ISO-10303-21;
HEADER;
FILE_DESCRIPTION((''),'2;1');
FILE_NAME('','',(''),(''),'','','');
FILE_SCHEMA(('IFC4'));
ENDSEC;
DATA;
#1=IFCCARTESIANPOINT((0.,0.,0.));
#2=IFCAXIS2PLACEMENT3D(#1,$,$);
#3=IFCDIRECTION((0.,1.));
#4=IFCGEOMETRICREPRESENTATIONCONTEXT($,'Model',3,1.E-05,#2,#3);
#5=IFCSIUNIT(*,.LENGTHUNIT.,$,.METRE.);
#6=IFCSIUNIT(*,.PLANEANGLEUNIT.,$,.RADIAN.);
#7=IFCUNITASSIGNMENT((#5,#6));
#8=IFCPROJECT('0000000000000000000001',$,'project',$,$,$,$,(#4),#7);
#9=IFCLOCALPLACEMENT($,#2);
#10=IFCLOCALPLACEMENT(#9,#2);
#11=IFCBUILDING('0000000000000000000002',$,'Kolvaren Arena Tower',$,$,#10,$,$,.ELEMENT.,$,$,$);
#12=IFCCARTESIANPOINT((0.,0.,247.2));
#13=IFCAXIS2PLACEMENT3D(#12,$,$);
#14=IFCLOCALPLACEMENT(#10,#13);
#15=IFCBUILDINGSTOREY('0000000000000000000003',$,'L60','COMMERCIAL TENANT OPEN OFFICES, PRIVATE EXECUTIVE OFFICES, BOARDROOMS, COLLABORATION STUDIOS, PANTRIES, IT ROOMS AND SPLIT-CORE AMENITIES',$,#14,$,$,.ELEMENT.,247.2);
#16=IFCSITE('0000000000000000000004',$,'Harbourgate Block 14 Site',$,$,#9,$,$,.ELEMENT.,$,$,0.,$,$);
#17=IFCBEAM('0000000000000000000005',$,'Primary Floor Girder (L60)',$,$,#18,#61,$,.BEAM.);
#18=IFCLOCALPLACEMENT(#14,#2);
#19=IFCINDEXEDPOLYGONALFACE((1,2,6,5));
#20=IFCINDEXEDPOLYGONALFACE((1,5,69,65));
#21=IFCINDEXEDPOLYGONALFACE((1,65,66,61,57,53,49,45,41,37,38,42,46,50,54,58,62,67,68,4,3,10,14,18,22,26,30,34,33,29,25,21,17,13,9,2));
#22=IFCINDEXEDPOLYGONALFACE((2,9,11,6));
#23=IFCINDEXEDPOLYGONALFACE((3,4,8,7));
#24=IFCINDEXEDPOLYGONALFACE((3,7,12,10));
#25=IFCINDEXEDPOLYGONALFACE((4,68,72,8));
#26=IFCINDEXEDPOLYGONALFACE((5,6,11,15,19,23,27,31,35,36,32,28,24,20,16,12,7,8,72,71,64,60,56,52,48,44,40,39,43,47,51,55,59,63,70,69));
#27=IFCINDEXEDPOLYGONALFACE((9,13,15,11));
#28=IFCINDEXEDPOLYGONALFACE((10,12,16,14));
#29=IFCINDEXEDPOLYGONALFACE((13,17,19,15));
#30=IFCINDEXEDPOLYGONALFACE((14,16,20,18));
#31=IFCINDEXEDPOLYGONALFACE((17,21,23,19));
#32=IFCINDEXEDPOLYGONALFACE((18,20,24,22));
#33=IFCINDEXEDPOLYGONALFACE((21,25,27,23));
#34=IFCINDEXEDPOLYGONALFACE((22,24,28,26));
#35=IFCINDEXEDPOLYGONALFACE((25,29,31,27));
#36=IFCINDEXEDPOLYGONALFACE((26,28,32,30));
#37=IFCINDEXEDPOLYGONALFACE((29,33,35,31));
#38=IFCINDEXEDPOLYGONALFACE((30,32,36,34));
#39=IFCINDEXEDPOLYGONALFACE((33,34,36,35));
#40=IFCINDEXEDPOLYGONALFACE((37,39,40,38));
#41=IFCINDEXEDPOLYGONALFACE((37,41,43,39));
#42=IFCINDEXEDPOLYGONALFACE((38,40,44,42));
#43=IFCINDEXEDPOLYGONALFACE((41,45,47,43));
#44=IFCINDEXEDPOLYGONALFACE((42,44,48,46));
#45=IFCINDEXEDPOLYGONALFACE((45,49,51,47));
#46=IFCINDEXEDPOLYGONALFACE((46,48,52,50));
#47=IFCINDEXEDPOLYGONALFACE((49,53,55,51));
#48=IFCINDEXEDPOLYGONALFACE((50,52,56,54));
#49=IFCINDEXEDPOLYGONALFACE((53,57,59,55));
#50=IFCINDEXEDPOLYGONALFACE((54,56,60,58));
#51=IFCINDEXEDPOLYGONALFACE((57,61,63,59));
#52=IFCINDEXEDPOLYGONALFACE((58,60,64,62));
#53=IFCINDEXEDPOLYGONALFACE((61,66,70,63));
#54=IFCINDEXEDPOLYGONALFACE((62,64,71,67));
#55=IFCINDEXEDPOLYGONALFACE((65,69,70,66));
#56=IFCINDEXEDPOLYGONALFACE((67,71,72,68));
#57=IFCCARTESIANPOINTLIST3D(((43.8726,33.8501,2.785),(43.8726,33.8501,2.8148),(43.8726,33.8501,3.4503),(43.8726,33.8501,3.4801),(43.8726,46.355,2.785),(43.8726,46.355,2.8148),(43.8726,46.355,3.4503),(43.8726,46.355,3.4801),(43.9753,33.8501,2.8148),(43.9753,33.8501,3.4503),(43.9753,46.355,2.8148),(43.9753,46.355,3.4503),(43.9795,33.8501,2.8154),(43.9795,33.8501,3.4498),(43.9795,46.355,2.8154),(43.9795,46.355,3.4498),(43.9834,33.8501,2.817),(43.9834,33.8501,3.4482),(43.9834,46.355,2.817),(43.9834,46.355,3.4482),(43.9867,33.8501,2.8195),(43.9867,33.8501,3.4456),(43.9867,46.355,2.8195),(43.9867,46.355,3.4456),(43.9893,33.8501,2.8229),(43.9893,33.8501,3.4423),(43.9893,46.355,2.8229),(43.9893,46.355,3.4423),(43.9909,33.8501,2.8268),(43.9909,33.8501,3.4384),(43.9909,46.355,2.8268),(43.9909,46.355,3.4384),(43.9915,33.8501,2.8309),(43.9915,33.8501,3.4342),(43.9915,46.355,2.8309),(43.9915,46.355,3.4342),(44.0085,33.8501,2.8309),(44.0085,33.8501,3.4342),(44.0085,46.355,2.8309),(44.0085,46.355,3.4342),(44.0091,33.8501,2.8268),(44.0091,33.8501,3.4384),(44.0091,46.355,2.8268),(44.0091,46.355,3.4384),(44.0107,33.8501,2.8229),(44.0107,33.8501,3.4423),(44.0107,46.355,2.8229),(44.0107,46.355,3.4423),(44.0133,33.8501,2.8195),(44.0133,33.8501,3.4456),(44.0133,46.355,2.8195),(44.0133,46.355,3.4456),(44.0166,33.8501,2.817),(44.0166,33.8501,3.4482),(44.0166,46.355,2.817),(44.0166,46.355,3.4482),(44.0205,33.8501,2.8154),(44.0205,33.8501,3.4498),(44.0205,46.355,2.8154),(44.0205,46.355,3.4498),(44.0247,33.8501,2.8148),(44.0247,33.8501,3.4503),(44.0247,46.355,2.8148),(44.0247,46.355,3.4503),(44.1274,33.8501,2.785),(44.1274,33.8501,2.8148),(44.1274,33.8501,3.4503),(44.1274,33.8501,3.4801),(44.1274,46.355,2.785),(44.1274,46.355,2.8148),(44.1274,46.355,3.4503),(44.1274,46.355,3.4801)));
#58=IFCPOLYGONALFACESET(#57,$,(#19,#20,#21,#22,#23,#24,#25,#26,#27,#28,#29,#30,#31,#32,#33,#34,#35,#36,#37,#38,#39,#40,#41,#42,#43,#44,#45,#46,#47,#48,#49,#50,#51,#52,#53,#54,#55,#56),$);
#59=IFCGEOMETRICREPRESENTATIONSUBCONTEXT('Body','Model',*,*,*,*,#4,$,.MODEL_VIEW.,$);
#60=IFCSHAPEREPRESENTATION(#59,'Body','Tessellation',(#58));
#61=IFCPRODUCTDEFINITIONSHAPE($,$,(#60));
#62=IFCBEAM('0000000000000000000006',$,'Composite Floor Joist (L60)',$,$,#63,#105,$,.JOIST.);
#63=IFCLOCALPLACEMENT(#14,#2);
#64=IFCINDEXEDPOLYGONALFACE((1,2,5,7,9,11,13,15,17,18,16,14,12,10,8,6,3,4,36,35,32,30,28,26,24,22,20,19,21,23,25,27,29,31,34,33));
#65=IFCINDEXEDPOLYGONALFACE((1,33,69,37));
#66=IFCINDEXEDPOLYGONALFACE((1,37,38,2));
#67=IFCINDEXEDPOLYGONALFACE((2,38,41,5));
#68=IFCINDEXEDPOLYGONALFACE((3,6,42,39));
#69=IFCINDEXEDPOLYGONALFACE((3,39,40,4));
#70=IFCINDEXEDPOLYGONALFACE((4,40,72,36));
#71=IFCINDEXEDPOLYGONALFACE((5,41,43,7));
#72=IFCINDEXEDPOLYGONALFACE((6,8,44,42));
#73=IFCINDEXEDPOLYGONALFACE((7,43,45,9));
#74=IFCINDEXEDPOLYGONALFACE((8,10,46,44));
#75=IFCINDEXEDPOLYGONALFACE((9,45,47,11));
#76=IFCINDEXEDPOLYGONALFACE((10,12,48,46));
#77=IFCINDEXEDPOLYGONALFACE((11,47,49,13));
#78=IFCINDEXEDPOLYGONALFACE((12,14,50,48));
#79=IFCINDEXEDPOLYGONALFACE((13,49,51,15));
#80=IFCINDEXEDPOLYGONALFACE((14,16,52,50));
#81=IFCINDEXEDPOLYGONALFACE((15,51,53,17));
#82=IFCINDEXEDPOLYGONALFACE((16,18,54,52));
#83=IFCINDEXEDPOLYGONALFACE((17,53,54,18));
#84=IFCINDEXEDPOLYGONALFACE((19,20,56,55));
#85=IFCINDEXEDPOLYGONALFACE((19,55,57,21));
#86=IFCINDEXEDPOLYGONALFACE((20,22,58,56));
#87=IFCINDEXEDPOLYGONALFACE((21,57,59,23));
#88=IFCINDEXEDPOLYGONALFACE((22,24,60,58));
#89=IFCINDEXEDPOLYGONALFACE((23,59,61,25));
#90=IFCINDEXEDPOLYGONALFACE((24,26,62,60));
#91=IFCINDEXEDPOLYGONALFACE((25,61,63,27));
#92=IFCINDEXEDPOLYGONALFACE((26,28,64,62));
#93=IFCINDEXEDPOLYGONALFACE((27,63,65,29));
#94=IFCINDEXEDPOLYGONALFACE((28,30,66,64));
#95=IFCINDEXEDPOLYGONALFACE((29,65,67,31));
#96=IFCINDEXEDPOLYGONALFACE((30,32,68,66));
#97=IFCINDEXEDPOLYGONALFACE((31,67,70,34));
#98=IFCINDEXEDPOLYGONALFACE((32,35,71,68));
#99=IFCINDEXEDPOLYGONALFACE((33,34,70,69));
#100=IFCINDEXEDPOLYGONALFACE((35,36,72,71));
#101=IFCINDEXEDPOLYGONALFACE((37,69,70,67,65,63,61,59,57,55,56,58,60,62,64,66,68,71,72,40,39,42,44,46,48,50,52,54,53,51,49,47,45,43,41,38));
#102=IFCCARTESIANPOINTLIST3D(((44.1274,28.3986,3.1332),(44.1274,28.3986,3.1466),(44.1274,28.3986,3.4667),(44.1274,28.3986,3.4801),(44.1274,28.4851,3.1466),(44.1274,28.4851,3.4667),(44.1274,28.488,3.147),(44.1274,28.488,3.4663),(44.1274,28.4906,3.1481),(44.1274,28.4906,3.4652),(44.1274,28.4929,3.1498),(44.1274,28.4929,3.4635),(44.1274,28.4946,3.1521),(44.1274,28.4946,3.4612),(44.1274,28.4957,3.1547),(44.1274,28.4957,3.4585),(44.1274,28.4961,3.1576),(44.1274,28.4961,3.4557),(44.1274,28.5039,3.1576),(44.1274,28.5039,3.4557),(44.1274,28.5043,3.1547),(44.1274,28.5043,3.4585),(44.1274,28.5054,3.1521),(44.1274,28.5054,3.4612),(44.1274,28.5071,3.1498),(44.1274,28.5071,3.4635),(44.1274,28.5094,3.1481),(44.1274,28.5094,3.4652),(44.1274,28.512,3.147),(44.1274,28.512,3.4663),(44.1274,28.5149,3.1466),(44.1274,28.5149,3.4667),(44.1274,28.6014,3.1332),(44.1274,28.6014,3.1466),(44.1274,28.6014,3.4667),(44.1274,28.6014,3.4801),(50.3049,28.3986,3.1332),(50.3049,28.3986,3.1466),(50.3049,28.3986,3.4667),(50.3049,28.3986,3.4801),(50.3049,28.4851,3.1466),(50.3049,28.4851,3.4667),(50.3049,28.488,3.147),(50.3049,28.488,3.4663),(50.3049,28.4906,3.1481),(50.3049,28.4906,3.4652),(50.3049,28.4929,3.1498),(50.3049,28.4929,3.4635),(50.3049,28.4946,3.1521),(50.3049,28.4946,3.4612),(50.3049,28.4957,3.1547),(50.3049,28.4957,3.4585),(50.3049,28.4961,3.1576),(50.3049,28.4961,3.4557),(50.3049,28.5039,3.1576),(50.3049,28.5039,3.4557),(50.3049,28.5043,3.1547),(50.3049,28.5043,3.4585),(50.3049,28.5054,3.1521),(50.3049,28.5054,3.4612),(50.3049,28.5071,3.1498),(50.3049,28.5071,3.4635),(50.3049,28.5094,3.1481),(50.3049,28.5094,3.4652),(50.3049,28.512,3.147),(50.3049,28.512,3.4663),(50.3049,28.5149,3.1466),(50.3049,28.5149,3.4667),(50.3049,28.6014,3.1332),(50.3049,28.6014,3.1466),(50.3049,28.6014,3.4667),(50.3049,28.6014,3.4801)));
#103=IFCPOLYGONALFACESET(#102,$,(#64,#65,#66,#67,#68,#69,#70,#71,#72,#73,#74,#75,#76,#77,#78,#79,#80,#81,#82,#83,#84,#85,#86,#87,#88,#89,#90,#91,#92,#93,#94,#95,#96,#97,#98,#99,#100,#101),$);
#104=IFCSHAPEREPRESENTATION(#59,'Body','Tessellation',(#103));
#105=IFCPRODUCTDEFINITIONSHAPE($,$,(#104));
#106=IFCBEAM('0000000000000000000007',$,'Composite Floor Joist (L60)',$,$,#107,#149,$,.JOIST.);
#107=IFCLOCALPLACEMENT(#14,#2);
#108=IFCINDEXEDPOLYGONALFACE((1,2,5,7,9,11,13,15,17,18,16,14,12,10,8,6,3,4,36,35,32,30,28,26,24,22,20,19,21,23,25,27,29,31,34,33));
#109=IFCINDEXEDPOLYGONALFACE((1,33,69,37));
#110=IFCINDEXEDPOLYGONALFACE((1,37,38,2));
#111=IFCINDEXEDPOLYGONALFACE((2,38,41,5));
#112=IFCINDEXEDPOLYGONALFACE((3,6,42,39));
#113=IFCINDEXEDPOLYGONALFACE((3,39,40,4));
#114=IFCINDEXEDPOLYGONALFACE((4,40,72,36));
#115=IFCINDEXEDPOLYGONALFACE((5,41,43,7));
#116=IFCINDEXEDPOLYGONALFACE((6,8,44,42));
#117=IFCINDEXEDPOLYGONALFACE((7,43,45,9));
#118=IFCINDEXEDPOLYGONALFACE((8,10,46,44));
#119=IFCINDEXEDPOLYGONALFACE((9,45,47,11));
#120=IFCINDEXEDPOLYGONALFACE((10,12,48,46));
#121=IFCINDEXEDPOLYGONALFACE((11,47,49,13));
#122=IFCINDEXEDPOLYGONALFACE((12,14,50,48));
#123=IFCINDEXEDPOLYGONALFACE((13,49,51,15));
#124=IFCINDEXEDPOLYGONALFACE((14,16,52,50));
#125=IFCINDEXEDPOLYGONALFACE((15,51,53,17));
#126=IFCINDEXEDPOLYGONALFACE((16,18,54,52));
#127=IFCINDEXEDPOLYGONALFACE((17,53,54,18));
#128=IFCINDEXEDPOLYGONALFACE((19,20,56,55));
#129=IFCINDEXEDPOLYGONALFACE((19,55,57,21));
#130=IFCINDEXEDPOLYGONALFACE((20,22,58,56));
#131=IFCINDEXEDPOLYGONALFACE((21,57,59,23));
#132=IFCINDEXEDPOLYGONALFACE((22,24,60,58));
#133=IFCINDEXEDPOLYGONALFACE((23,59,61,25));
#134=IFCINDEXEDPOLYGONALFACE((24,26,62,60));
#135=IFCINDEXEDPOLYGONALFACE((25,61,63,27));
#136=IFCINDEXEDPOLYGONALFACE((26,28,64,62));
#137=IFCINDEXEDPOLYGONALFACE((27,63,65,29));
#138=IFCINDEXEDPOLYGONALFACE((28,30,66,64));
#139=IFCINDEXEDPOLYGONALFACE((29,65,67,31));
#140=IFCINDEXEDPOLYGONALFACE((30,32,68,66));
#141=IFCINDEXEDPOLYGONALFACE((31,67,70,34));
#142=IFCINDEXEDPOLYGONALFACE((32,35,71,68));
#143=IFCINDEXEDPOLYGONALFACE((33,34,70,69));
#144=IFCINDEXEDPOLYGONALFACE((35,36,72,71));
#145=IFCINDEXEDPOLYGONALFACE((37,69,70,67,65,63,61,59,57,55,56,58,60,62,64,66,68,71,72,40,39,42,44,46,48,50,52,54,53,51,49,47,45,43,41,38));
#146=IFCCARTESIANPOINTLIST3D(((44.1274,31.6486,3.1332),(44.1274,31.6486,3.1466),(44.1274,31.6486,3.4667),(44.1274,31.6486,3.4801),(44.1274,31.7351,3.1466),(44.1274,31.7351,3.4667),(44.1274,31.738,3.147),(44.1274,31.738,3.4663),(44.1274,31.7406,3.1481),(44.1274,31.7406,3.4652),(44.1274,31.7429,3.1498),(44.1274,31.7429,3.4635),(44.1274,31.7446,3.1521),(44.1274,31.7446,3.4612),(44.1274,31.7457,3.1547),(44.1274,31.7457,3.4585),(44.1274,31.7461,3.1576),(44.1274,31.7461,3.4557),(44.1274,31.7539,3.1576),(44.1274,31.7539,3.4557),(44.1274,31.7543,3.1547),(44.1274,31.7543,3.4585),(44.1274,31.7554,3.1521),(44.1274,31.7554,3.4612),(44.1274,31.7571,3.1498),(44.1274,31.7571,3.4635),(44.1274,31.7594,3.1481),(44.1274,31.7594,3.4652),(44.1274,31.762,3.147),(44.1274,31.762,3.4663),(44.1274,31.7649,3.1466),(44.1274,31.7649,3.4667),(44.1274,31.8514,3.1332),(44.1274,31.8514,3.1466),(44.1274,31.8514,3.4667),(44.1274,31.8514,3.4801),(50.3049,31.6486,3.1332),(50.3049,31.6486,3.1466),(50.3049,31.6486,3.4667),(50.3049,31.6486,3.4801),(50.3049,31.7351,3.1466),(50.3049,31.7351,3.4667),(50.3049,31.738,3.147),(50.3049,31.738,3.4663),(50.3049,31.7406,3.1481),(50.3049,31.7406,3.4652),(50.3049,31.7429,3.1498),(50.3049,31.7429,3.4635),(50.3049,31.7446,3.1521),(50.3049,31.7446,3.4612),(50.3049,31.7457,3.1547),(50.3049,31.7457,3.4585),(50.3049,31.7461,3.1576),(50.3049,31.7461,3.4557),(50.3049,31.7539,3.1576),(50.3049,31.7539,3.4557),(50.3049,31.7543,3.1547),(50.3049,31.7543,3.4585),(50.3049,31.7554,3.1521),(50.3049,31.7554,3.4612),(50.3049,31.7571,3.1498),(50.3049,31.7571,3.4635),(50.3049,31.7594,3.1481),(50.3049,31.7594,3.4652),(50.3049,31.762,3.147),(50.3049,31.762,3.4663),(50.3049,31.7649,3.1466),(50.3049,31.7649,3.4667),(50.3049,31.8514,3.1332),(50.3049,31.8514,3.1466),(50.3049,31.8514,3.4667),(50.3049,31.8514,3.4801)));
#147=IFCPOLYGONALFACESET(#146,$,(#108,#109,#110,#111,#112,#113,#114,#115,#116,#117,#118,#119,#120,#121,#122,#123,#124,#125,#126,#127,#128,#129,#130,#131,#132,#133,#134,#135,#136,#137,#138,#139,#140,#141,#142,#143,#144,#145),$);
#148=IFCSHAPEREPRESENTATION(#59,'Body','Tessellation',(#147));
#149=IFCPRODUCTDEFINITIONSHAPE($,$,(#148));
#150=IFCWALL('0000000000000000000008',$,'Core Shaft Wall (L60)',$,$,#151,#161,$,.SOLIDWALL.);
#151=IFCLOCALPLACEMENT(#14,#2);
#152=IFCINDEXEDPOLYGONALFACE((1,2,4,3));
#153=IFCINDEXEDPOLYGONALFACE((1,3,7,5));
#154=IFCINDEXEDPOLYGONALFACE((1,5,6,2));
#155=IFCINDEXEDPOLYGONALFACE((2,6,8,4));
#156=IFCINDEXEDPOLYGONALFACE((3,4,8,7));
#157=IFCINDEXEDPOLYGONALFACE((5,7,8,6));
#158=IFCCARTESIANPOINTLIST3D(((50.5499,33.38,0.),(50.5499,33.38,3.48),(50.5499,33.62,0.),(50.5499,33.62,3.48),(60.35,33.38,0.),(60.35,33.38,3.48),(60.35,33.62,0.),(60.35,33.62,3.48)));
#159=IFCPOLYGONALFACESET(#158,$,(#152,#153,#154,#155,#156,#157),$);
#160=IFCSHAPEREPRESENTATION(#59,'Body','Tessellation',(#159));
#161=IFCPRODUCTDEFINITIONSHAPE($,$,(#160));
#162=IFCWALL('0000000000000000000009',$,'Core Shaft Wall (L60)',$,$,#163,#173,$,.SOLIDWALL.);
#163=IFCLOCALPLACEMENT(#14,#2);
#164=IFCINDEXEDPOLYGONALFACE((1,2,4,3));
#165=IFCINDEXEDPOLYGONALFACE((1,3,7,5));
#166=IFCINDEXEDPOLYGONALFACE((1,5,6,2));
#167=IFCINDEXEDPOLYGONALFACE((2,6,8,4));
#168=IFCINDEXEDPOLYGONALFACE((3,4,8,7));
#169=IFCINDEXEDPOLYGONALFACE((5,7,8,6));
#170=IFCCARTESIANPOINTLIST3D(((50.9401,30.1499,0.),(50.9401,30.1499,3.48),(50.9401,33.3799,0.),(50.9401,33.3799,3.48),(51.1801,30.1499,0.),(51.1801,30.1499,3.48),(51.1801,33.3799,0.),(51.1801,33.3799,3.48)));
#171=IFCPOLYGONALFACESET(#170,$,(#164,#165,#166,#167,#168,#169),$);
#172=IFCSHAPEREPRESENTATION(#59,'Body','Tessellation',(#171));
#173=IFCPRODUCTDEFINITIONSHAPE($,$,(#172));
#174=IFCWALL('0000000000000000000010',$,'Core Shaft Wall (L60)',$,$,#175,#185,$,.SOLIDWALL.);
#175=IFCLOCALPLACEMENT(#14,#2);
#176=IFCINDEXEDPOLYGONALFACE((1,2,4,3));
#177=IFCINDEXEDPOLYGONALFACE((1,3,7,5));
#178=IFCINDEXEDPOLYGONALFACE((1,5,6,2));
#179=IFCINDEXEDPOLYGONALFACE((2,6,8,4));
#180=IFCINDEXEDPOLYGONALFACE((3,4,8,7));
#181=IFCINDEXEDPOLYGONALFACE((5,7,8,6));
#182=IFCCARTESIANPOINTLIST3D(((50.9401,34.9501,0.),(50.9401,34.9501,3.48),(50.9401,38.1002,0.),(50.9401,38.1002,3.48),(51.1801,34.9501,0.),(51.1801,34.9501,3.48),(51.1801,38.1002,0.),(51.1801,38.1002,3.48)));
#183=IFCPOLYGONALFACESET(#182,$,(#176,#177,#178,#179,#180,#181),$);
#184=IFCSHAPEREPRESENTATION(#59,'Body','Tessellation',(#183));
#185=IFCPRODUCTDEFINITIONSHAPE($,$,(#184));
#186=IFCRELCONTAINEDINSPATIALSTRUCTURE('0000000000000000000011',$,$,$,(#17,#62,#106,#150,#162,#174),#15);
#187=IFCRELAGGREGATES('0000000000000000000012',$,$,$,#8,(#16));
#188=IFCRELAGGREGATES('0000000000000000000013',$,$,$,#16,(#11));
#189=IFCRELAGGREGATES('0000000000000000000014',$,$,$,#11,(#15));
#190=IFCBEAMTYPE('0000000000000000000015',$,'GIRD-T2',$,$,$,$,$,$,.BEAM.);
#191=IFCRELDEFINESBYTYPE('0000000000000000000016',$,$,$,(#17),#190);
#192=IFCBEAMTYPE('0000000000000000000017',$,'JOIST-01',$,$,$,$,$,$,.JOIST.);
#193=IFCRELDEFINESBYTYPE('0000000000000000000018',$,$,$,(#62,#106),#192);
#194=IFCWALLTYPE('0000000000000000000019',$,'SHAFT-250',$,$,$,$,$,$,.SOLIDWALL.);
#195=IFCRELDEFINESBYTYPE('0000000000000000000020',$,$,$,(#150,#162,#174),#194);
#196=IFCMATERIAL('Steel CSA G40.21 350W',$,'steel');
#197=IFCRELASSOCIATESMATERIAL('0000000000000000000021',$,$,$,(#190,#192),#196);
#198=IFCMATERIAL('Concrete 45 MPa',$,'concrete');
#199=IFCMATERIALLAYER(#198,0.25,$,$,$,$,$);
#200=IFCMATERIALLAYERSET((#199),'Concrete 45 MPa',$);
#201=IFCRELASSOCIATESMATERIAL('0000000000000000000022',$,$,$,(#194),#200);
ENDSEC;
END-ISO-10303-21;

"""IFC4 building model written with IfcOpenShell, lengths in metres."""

from ifc_helpers import new_model, si_unit, direction, frame, frame_2d, origin, origin_2d, place, context, subcontext, project, spatial, rectangle, i_section, extrude, material, layer, layer_set, material_profile, profile_set, type_object, element, save


model = new_model("IFC4")

# Units and contexts
model_context = context("Model", 3, precision=1e-05, world=origin(), true_north=direction((0.0, 1.0)))
body_context = subcontext(model_context, "Body", "Model", "MODEL_VIEW")
ifc_project = project(units=[si_unit("LENGTHUNIT", "METRE"), si_unit("PLANEANGLEUNIT", "RADIAN")], contexts=[model_context])

# Site, building, storey
site_placement = place(None, origin())
site = spatial("IfcSite", under=ifc_project, at=site_placement, Name="Harbourgate Block 14 Site", CompositionType="ELEMENT", RefElevation=0.0)
building_placement = place(site_placement, origin())
building = spatial("IfcBuilding", under=site, at=building_placement, Name="Kolvaren Arena Tower", CompositionType="ELEMENT")
storey_placement = place(building_placement, frame((0.0, 0.0, 247.2)))
storey = spatial("IfcBuildingStorey", under=building, at=storey_placement, Name="L60", Description="COMMERCIAL TENANT OPEN OFFICES, PRIVATE EXECUTIVE OFFICES, BOARDROOMS, COLLABORATION STUDIOS, PANTRIES, IT ROOMS AND SPLIT-CORE AMENITIES", CompositionType="ELEMENT", Elevation=247.2)

# Beams
ifc_material_1 = material(Name="Steel CSA G40.21 350W", Category="steel")
ifc_material_profile_1 = material_profile(ifc_material_1, i_section(OverallWidth=0.2549, OverallDepth=0.6951, WebThickness=0.0171, FlangeThickness=0.0298, FilletRadius=0.0161, at=origin_2d()), Name="W690x217")
ifc_profile_set_1 = profile_set([ifc_material_profile_1], Name="Steel CSA G40.21 350W")
beam_type_1 = type_object("IfcBeamType", Name="GIRD-T2", PredefinedType="BEAM", material=ifc_profile_set_1)
beam_1_placement = place(storey_placement, frame((44.0, 33.8501, 3.1326), z_axis=(0.0, 1.0, 0.0), x_axis=(-1.0, 0.0, 0.0)))
element("IfcBeam", 1, at=beam_1_placement, inside=storey, type_object=beam_type_1, Name="Primary Floor Girder (L60)", PredefinedType="BEAM", context=body_context, shape_type="SweptSolid", body=[
    extrude(i_section(OverallWidth=0.2549, OverallDepth=0.6951, WebThickness=0.0171, FlangeThickness=0.0298, FilletRadius=0.0161, at=origin_2d()), origin(), (0.0, 0.0, 1.0), 12.5049),
])
ifc_material_profile_2 = material_profile(ifc_material_1, i_section(OverallWidth=0.2029, OverallDepth=0.3469, WebThickness=0.0078, FlangeThickness=0.0134, FilletRadius=0.011, at=origin_2d()), Name="W360x64")
ifc_profile_set_2 = profile_set([ifc_material_profile_2], Name="Steel CSA G40.21 350W")
beam_type_2 = type_object("IfcBeamType", Name="JOIST-01", PredefinedType="JOIST", material=ifc_profile_set_2)
for number, where, z_axis, x_axis, name in (
    (2, (44.1274, 28.5, 3.3066), (1.0, 0.0, 0.0), (0.0, 1.0, 0.0), "Composite Floor Joist (L60)"),
    (3, (44.1274, 31.75, 3.3066), (1.0, 0.0, 0.0), (0.0, 1.0, 0.0), "Composite Floor Joist (L60)"),
):
    element("IfcBeam", number, at=place(storey_placement, frame(where, z_axis=z_axis, x_axis=x_axis)), inside=storey, type_object=beam_type_2, Name=name, PredefinedType="JOIST", context=body_context, shape_type="SweptSolid", body=[
        extrude(i_section(OverallWidth=0.2029, OverallDepth=0.3469, WebThickness=0.0078, FlangeThickness=0.0134, FilletRadius=0.011, at=origin_2d()), origin(), (0.0, 0.0, 1.0), 6.1775),
    ])

# Walls
ifc_material_2 = material(Name="Concrete 45 MPa", Category="concrete")
ifc_layer = layer(ifc_material_2, 0.25)
ifc_layer_set = layer_set([ifc_layer], Name="Concrete 45 MPa")
wall_type = type_object("IfcWallType", Name="SHAFT-250", PredefinedType="SOLIDWALL", material=ifc_layer_set)
wall_1_placement = place(storey_placement, frame((50.55, 33.5, 0.0), z_axis=(0.0, 0.0, 1.0), x_axis=(1.0, 0.0, 0.0)))
element("IfcWall", 4, at=wall_1_placement, inside=storey, type_object=wall_type, Name="Core Shaft Wall (L60)", PredefinedType="SOLIDWALL", context=body_context, shape_type="SweptSolid", body=[
    extrude(rectangle(XDim=9.8, YDim=0.24, at=frame_2d((4.8999, 0.0))), origin(), (0.0, 0.0, 1.0), 3.48),
])
wall_2_placement = place(storey_placement, frame((51.0601, 30.1499, 0.0), z_axis=(0.0, 0.0, 1.0), x_axis=(0.0, 1.0, 0.0)))
element("IfcWall", 5, at=wall_2_placement, inside=storey, type_object=wall_type, Name="Core Shaft Wall (L60)", PredefinedType="SOLIDWALL", context=body_context, shape_type="SweptSolid", body=[
    extrude(rectangle(XDim=3.23, YDim=0.24, at=frame_2d((1.615, 0.0))), origin(), (0.0, 0.0, 1.0), 3.48),
])
wall_3_placement = place(storey_placement, frame((51.0601, 34.95, 0.0), z_axis=(0.0, 0.0, 1.0), x_axis=(0.0, 1.0, 0.0)))
element("IfcWall", 6, at=wall_3_placement, inside=storey, type_object=wall_type, Name="Core Shaft Wall (L60)", PredefinedType="SOLIDWALL", context=body_context, shape_type="SweptSolid", body=[
    extrude(rectangle(XDim=3.1501, YDim=0.24, at=frame_2d((1.5752, 0.0))), origin(), (0.0, 0.0, 1.0), 3.48),
])

save(model, "model.ifc")
